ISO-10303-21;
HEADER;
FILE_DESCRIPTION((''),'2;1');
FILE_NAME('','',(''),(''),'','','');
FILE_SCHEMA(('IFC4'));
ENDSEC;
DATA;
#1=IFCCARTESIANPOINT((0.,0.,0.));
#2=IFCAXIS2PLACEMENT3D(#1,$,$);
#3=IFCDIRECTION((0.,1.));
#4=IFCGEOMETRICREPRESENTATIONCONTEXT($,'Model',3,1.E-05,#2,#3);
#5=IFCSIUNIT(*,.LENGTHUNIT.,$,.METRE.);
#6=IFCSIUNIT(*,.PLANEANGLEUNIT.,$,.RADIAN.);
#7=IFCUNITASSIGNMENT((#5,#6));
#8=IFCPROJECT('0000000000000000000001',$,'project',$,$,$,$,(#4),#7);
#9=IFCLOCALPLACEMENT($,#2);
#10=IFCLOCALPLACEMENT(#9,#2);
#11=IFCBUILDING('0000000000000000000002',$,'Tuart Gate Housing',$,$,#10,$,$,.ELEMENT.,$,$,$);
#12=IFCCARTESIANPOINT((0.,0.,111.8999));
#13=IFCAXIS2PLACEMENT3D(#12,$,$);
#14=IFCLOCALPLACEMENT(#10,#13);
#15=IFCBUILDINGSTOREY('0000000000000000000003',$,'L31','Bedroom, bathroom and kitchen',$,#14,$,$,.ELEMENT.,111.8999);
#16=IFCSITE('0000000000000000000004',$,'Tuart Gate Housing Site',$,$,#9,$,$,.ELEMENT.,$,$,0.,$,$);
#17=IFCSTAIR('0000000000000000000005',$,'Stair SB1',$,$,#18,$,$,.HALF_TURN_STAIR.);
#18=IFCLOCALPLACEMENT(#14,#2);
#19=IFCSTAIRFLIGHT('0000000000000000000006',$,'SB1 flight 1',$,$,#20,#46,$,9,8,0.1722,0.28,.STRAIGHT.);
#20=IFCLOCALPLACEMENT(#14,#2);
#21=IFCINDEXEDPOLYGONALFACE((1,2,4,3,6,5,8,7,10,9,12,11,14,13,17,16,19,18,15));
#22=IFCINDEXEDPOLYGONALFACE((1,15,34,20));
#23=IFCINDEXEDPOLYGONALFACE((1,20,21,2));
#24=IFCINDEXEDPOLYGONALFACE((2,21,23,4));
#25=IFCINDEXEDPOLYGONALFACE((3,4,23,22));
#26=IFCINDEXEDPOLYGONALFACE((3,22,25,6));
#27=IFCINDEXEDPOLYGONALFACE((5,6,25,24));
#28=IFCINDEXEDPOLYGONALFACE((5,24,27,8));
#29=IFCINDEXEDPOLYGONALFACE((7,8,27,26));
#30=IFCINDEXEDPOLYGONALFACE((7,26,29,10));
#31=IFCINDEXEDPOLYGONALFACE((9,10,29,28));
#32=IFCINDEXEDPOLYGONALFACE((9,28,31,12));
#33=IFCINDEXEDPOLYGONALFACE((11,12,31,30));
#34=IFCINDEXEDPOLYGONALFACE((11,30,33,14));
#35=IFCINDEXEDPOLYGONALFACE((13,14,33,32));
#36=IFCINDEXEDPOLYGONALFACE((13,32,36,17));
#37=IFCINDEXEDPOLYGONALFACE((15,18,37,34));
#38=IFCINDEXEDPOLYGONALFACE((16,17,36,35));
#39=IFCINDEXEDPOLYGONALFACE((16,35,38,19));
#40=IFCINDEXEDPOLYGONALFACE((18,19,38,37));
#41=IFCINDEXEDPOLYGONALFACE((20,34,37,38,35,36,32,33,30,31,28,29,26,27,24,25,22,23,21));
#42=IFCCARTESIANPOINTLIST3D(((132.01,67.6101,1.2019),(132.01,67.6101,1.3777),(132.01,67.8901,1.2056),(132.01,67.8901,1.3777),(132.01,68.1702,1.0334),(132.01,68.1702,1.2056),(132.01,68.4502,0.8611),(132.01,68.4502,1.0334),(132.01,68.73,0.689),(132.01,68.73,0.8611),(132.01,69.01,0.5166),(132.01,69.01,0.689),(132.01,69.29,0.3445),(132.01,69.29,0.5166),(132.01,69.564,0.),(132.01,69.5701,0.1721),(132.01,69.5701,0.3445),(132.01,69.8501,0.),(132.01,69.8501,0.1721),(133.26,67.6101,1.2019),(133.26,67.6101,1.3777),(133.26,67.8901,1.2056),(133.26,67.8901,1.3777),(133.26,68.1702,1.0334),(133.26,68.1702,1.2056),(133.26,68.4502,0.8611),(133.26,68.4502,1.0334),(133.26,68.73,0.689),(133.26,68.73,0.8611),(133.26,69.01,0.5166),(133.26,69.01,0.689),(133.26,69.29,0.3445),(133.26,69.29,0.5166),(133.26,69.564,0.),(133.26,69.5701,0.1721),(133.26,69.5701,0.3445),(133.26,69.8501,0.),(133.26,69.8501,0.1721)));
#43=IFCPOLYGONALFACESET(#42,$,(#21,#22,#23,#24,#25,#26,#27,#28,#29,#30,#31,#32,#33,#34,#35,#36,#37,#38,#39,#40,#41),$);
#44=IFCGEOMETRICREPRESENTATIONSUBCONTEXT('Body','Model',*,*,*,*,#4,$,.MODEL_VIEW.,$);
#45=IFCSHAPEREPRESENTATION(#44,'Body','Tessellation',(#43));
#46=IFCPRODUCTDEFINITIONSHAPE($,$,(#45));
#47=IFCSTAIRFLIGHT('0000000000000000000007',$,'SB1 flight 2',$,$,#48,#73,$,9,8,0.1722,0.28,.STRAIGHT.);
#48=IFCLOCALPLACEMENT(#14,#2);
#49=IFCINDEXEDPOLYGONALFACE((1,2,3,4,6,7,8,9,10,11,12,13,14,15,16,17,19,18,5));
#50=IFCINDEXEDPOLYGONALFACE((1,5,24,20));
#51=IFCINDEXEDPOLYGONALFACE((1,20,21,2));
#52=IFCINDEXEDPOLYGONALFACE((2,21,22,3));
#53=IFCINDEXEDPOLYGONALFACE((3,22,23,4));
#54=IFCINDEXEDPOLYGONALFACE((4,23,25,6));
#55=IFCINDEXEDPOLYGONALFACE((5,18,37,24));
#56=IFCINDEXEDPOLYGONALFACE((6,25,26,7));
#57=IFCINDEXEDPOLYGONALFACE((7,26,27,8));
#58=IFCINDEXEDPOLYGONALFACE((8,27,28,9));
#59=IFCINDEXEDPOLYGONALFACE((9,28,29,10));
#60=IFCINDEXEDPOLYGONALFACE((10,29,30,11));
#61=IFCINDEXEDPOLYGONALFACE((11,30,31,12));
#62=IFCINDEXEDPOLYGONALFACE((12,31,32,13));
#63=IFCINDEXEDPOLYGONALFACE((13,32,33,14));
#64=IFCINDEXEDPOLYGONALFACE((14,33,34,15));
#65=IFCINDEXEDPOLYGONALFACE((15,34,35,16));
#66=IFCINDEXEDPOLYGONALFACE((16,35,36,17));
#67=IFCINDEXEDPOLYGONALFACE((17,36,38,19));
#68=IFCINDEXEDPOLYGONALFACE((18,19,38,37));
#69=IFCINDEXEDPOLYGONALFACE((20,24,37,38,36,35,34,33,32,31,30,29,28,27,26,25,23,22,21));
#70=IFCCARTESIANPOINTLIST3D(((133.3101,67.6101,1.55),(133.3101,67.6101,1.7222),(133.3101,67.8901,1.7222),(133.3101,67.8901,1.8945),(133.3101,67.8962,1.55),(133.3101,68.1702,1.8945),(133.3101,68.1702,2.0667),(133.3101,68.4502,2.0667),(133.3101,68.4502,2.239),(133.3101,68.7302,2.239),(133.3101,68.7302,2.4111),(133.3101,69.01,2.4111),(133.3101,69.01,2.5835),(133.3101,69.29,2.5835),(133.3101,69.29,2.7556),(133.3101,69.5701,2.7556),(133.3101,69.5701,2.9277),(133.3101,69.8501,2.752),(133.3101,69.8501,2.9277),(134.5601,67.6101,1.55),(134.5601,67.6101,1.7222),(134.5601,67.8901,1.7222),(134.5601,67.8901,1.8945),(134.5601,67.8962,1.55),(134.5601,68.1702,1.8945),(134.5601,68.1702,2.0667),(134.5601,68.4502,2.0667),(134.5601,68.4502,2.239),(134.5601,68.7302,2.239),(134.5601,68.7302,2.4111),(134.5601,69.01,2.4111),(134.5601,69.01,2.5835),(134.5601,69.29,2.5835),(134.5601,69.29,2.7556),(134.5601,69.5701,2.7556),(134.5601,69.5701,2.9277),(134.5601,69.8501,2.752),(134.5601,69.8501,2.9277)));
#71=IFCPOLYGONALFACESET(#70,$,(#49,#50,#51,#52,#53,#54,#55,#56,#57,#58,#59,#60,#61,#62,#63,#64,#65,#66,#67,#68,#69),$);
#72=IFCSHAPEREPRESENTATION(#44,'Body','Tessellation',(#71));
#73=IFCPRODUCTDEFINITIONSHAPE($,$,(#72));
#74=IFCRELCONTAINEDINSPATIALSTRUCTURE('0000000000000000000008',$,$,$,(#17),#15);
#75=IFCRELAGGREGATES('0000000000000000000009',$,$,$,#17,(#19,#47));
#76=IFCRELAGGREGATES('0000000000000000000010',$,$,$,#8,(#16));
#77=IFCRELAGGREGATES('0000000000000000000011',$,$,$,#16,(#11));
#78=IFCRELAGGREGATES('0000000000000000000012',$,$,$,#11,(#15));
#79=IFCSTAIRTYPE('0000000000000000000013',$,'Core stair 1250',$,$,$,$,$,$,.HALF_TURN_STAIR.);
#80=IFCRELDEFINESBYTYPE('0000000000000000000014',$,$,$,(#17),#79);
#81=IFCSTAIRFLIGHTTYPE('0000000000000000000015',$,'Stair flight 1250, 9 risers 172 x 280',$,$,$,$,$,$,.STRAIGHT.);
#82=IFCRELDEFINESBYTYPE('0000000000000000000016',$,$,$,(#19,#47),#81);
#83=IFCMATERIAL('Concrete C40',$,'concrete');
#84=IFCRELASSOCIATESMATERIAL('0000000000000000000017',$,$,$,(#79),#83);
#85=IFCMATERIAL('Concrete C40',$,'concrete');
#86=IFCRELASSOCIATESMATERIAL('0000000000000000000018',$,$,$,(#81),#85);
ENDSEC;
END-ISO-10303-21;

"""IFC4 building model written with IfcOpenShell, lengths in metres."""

from ifc_helpers import new_model, si_unit, direction, frame, origin, place, context, subcontext, project, spatial, polyline, outline, extrude, material, type_object, element, aggregate, save


model = new_model("IFC4")

# Units and contexts
model_context = context("Model", 3, precision=1e-05, world=origin(), true_north=direction((0.0, 1.0)))
body_context = subcontext(model_context, "Body", "Model", "MODEL_VIEW")
ifc_project = project(units=[si_unit("LENGTHUNIT", "METRE"), si_unit("PLANEANGLEUNIT", "RADIAN")], contexts=[model_context])

# Site, building, storey
site_placement = place(None, origin())
site = spatial("IfcSite", under=ifc_project, at=site_placement, Name="Tuart Gate Housing Site", CompositionType="ELEMENT", RefElevation=0.0)
building_placement = place(site_placement, origin())
building = spatial("IfcBuilding", under=site, at=building_placement, Name="Tuart Gate Housing", CompositionType="ELEMENT")
storey_placement = place(building_placement, frame((0.0, 0.0, 111.8999)))
storey = spatial("IfcBuildingStorey", under=building, at=storey_placement, Name="L31", Description="Bedroom, bathroom and kitchen", CompositionType="ELEMENT", Elevation=111.8999)

# Stair, stair flights
ifc_material_1 = material(Name="Concrete C40", Category="concrete")
stair_type = type_object("IfcStairType", Name="Core stair 1250", PredefinedType="HALF_TURN_STAIR", material=ifc_material_1)
stair_placement = place(storey_placement, origin())
stair = element("IfcStair", 1, at=stair_placement, inside=storey, type_object=stair_type, Name="Stair SB1", PredefinedType="HALF_TURN_STAIR")
ifc_material_2 = material(Name="Concrete C40", Category="concrete")
stair_flight_type = type_object("IfcStairFlightType", Name="Stair flight 1250, 9 risers 172 x 280", PredefinedType="STRAIGHT", material=ifc_material_2)
stair_flight_1_placement = place(storey_placement, frame((132.635, 69.8501, 0.0), z_axis=(0.0, 0.0, 1.0), x_axis=(0.0, -1.0, 0.0)))
stair_flight_1 = element("IfcStairFlight", 2, at=stair_flight_1_placement, type_object=stair_flight_type, Name="SB1 flight 1", NumberOfRisers=9, NumberOfTreads=8, PredefinedType="STRAIGHT", RiserHeight=0.1722, TreadLength=0.28, context=body_context, shape_type="SweptSolid", body=[
    extrude(outline(polyline([(0.0, 0.0), (0.0, 0.1721), (0.28, 0.1721), (0.28, 0.3445), (0.5601, 0.3445), (0.5601, 0.5166), (0.8401, 0.5166), (0.8401, 0.689), (1.1201, 0.689), (1.1201, 0.8611), (1.3999, 0.8611), (1.3999, 1.0334), (1.6799, 1.0334), (1.6799, 1.2056), (1.96, 1.2056), (1.96, 1.3777), (2.24, 1.3777), (2.24, 1.55), (2.24, 1.2019), (0.2861, 0.0), (0.0, 0.0)])), frame((0.0, 0.625, 0.0), z_axis=(0.0, -1.0, 0.0), x_axis=(1.0, 0.0, 0.0)), (0.0, 0.0, 1.0), 1.25),
])
stair_flight_2_placement = place(storey_placement, frame((133.9351, 67.6101, 1.55), z_axis=(0.0, 0.0, 1.0), x_axis=(0.0, 1.0, 0.0)))
stair_flight_2 = element("IfcStairFlight", 3, at=stair_flight_2_placement, type_object=stair_flight_type, Name="SB1 flight 2", NumberOfRisers=9, NumberOfTreads=8, PredefinedType="STRAIGHT", RiserHeight=0.1722, TreadLength=0.28, context=body_context, shape_type="SweptSolid", body=[
    extrude(outline(polyline([(0.0, 0.0), (0.0, 0.1721), (0.28, 0.1721), (0.28, 0.3445), (0.5601, 0.3445), (0.5601, 0.5166), (0.8401, 0.5166), (0.8401, 0.689), (1.1201, 0.689), (1.1201, 0.8611), (1.3999, 0.8611), (1.3999, 1.0334), (1.6799, 1.0334), (1.6799, 1.2056), (1.96, 1.2056), (1.96, 1.3777), (2.24, 1.3777), (2.24, 1.55), (2.24, 1.2019), (0.2861, 0.0), (0.0, 0.0)])), frame((0.0, 0.625, 0.0), z_axis=(0.0, -1.0, 0.0), x_axis=(1.0, 0.0, 0.0)), (0.0, 0.0, 1.0), 1.25),
])
aggregate(stair, [stair_flight_1, stair_flight_2])

save(model, "model.ifc")
